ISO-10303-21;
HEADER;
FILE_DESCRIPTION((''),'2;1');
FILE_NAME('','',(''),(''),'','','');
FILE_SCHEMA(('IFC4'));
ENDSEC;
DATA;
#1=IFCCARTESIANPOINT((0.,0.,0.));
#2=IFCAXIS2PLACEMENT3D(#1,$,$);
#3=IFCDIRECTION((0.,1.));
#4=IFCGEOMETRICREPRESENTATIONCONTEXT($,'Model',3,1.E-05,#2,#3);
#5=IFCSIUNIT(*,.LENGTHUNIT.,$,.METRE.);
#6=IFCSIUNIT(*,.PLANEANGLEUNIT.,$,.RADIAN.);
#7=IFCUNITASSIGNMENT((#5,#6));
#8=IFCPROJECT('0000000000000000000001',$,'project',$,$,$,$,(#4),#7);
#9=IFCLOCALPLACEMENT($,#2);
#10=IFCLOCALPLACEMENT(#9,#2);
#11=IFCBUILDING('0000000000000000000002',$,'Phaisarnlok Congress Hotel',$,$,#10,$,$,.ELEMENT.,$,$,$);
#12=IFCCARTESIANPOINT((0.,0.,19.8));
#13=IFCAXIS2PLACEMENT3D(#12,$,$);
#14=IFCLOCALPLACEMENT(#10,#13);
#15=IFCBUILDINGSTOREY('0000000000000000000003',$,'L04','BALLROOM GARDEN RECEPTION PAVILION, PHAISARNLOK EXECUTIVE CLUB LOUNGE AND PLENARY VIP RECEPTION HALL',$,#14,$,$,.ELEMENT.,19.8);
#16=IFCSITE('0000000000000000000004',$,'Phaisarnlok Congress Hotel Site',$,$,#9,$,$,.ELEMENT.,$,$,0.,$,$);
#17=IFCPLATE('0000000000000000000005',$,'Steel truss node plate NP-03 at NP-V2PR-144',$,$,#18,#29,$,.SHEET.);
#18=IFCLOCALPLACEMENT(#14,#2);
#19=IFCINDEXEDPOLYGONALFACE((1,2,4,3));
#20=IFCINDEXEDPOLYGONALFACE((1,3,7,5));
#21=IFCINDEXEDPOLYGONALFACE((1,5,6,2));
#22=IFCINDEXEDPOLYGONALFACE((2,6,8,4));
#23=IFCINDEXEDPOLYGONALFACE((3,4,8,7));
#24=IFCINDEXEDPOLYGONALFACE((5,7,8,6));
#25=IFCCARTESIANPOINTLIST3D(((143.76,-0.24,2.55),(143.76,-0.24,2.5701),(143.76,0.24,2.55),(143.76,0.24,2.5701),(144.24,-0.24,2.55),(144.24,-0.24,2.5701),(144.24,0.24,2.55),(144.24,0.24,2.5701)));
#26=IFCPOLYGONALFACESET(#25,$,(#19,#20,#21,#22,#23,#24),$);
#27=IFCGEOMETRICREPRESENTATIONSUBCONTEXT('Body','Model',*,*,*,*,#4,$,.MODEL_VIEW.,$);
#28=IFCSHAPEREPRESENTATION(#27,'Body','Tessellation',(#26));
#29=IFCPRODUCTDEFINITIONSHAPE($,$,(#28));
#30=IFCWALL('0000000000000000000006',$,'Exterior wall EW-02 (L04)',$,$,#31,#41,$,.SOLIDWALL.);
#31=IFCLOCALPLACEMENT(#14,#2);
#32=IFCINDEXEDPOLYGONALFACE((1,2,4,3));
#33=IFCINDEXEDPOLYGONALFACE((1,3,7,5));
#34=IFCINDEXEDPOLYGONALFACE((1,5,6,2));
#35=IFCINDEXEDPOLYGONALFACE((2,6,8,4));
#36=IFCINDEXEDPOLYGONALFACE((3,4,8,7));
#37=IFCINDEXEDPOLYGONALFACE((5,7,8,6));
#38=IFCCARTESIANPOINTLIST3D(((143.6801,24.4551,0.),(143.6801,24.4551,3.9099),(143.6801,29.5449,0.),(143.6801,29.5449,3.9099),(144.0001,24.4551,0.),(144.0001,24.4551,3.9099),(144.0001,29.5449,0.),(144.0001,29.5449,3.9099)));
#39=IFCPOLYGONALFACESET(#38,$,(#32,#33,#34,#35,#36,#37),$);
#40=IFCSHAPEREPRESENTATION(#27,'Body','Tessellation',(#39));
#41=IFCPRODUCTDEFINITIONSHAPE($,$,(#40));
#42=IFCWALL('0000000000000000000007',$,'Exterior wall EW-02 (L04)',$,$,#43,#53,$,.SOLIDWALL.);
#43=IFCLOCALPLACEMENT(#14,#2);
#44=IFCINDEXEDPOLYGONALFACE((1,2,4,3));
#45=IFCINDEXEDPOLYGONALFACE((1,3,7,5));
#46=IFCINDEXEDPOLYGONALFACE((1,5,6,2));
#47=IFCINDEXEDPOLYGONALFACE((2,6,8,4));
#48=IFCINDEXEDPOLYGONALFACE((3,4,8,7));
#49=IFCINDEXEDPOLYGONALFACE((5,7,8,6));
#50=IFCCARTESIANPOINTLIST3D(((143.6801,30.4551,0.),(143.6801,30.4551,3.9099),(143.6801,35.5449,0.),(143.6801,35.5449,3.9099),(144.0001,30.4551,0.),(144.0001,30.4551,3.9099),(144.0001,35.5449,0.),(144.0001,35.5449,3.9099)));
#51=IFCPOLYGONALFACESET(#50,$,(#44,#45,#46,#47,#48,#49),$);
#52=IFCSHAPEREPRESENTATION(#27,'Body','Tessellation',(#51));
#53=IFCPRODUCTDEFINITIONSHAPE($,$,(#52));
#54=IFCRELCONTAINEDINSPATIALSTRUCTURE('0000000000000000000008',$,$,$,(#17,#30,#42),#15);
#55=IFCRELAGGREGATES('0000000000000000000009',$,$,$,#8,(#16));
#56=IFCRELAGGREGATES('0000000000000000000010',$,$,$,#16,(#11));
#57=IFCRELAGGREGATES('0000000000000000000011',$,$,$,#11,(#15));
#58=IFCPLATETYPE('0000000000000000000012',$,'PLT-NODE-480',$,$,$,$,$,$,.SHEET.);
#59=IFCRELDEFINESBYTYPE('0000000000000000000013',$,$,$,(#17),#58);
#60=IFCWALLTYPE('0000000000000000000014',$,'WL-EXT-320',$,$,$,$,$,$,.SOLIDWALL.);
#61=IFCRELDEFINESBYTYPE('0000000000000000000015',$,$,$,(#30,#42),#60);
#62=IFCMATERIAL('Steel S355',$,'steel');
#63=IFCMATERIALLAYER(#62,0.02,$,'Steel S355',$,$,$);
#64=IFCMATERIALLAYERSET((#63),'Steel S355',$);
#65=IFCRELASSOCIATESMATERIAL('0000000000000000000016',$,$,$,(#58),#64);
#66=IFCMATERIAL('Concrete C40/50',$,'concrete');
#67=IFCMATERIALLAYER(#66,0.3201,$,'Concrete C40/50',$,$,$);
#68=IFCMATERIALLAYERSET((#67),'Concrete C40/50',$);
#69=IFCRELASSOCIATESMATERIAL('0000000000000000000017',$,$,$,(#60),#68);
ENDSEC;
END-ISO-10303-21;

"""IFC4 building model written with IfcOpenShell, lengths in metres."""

from ifc_helpers import new_model, si_unit, direction, frame, frame_2d, origin, origin_2d, place, context, subcontext, project, spatial, rectangle, extrude, material, layer, layer_set, type_object, element, save


model = new_model("IFC4")

# Units and contexts
model_context = context("Model", 3, precision=1e-05, world=origin(), true_north=direction((0.0, 1.0)))
body_context = subcontext(model_context, "Body", "Model", "MODEL_VIEW")
ifc_project = project(units=[si_unit("LENGTHUNIT", "METRE"), si_unit("PLANEANGLEUNIT", "RADIAN")], contexts=[model_context])

# Site, building, storey
site_placement = place(None, origin())
site = spatial("IfcSite", under=ifc_project, at=site_placement, Name="Phaisarnlok Congress Hotel Site", CompositionType="ELEMENT", RefElevation=0.0)
building_placement = place(site_placement, origin())
building = spatial("IfcBuilding", under=site, at=building_placement, Name="Phaisarnlok Congress Hotel", CompositionType="ELEMENT")
storey_placement = place(building_placement, frame((0.0, 0.0, 19.8)))
storey = spatial("IfcBuildingStorey", under=building, at=storey_placement, Name="L04", Description="BALLROOM GARDEN RECEPTION PAVILION, PHAISARNLOK EXECUTIVE CLUB LOUNGE AND PLENARY VIP RECEPTION HALL", CompositionType="ELEMENT", Elevation=19.8)

# Shared definitions
ifc_material_1 = material(Name="Steel S355", Category="steel")

# Shared definitions
ifc_material_2 = material(Name="Concrete C40/50", Category="concrete")

# Plate
ifc_layer_1 = layer(ifc_material_1, 0.02, Name="Steel S355")
ifc_layer_set_1 = layer_set([ifc_layer_1], Name="Steel S355")
plate_type_1 = type_object("IfcPlateType", Name="PLT-NODE-480", PredefinedType="SHEET", material=ifc_layer_set_1)
plate_1_placement = place(storey_placement, frame((144.0, 0.0, 2.55), z_axis=(0.0, 0.0, 1.0), x_axis=(1.0, 0.0, 0.0)))
element("IfcPlate", 1, at=plate_1_placement, inside=storey, type_object=plate_type_1, Name="Steel truss node plate NP-03 at NP-V2PR-144", PredefinedType="SHEET", context=body_context, shape_type="SweptSolid", body=[
    extrude(rectangle(XDim=0.48, YDim=0.48, at=origin_2d()), origin(), (0.0, 0.0, 1.0), 0.02),
])

# Walls
ifc_layer_2 = layer(ifc_material_2, 0.3201, Name="Concrete C40/50")
ifc_layer_set_2 = layer_set([ifc_layer_2], Name="Concrete C40/50")
wall_type = type_object("IfcWallType", Name="WL-EXT-320", PredefinedType="SOLIDWALL", material=ifc_layer_set_2)
for number, where, z_axis, x_axis, name in (
    (2, (143.8401, 24.4551, 0.0), (0.0, 0.0, 1.0), (0.0, 1.0, 0.0), "Exterior wall EW-02 (L04)"),
    (3, (143.8401, 30.4551, 0.0), (0.0, 0.0, 1.0), (0.0, 1.0, 0.0), "Exterior wall EW-02 (L04)"),
):
    element("IfcWall", number, at=place(storey_placement, frame(where, z_axis=z_axis, x_axis=x_axis)), inside=storey, type_object=wall_type, Name=name, PredefinedType="SOLIDWALL", context=body_context, shape_type="SweptSolid", body=[
        extrude(rectangle(XDim=5.0898, YDim=0.3201, at=frame_2d((2.5449, 0.0))), origin(), (0.0, 0.0, 1.0), 3.9099),
    ])

save(model, "model.ifc")
